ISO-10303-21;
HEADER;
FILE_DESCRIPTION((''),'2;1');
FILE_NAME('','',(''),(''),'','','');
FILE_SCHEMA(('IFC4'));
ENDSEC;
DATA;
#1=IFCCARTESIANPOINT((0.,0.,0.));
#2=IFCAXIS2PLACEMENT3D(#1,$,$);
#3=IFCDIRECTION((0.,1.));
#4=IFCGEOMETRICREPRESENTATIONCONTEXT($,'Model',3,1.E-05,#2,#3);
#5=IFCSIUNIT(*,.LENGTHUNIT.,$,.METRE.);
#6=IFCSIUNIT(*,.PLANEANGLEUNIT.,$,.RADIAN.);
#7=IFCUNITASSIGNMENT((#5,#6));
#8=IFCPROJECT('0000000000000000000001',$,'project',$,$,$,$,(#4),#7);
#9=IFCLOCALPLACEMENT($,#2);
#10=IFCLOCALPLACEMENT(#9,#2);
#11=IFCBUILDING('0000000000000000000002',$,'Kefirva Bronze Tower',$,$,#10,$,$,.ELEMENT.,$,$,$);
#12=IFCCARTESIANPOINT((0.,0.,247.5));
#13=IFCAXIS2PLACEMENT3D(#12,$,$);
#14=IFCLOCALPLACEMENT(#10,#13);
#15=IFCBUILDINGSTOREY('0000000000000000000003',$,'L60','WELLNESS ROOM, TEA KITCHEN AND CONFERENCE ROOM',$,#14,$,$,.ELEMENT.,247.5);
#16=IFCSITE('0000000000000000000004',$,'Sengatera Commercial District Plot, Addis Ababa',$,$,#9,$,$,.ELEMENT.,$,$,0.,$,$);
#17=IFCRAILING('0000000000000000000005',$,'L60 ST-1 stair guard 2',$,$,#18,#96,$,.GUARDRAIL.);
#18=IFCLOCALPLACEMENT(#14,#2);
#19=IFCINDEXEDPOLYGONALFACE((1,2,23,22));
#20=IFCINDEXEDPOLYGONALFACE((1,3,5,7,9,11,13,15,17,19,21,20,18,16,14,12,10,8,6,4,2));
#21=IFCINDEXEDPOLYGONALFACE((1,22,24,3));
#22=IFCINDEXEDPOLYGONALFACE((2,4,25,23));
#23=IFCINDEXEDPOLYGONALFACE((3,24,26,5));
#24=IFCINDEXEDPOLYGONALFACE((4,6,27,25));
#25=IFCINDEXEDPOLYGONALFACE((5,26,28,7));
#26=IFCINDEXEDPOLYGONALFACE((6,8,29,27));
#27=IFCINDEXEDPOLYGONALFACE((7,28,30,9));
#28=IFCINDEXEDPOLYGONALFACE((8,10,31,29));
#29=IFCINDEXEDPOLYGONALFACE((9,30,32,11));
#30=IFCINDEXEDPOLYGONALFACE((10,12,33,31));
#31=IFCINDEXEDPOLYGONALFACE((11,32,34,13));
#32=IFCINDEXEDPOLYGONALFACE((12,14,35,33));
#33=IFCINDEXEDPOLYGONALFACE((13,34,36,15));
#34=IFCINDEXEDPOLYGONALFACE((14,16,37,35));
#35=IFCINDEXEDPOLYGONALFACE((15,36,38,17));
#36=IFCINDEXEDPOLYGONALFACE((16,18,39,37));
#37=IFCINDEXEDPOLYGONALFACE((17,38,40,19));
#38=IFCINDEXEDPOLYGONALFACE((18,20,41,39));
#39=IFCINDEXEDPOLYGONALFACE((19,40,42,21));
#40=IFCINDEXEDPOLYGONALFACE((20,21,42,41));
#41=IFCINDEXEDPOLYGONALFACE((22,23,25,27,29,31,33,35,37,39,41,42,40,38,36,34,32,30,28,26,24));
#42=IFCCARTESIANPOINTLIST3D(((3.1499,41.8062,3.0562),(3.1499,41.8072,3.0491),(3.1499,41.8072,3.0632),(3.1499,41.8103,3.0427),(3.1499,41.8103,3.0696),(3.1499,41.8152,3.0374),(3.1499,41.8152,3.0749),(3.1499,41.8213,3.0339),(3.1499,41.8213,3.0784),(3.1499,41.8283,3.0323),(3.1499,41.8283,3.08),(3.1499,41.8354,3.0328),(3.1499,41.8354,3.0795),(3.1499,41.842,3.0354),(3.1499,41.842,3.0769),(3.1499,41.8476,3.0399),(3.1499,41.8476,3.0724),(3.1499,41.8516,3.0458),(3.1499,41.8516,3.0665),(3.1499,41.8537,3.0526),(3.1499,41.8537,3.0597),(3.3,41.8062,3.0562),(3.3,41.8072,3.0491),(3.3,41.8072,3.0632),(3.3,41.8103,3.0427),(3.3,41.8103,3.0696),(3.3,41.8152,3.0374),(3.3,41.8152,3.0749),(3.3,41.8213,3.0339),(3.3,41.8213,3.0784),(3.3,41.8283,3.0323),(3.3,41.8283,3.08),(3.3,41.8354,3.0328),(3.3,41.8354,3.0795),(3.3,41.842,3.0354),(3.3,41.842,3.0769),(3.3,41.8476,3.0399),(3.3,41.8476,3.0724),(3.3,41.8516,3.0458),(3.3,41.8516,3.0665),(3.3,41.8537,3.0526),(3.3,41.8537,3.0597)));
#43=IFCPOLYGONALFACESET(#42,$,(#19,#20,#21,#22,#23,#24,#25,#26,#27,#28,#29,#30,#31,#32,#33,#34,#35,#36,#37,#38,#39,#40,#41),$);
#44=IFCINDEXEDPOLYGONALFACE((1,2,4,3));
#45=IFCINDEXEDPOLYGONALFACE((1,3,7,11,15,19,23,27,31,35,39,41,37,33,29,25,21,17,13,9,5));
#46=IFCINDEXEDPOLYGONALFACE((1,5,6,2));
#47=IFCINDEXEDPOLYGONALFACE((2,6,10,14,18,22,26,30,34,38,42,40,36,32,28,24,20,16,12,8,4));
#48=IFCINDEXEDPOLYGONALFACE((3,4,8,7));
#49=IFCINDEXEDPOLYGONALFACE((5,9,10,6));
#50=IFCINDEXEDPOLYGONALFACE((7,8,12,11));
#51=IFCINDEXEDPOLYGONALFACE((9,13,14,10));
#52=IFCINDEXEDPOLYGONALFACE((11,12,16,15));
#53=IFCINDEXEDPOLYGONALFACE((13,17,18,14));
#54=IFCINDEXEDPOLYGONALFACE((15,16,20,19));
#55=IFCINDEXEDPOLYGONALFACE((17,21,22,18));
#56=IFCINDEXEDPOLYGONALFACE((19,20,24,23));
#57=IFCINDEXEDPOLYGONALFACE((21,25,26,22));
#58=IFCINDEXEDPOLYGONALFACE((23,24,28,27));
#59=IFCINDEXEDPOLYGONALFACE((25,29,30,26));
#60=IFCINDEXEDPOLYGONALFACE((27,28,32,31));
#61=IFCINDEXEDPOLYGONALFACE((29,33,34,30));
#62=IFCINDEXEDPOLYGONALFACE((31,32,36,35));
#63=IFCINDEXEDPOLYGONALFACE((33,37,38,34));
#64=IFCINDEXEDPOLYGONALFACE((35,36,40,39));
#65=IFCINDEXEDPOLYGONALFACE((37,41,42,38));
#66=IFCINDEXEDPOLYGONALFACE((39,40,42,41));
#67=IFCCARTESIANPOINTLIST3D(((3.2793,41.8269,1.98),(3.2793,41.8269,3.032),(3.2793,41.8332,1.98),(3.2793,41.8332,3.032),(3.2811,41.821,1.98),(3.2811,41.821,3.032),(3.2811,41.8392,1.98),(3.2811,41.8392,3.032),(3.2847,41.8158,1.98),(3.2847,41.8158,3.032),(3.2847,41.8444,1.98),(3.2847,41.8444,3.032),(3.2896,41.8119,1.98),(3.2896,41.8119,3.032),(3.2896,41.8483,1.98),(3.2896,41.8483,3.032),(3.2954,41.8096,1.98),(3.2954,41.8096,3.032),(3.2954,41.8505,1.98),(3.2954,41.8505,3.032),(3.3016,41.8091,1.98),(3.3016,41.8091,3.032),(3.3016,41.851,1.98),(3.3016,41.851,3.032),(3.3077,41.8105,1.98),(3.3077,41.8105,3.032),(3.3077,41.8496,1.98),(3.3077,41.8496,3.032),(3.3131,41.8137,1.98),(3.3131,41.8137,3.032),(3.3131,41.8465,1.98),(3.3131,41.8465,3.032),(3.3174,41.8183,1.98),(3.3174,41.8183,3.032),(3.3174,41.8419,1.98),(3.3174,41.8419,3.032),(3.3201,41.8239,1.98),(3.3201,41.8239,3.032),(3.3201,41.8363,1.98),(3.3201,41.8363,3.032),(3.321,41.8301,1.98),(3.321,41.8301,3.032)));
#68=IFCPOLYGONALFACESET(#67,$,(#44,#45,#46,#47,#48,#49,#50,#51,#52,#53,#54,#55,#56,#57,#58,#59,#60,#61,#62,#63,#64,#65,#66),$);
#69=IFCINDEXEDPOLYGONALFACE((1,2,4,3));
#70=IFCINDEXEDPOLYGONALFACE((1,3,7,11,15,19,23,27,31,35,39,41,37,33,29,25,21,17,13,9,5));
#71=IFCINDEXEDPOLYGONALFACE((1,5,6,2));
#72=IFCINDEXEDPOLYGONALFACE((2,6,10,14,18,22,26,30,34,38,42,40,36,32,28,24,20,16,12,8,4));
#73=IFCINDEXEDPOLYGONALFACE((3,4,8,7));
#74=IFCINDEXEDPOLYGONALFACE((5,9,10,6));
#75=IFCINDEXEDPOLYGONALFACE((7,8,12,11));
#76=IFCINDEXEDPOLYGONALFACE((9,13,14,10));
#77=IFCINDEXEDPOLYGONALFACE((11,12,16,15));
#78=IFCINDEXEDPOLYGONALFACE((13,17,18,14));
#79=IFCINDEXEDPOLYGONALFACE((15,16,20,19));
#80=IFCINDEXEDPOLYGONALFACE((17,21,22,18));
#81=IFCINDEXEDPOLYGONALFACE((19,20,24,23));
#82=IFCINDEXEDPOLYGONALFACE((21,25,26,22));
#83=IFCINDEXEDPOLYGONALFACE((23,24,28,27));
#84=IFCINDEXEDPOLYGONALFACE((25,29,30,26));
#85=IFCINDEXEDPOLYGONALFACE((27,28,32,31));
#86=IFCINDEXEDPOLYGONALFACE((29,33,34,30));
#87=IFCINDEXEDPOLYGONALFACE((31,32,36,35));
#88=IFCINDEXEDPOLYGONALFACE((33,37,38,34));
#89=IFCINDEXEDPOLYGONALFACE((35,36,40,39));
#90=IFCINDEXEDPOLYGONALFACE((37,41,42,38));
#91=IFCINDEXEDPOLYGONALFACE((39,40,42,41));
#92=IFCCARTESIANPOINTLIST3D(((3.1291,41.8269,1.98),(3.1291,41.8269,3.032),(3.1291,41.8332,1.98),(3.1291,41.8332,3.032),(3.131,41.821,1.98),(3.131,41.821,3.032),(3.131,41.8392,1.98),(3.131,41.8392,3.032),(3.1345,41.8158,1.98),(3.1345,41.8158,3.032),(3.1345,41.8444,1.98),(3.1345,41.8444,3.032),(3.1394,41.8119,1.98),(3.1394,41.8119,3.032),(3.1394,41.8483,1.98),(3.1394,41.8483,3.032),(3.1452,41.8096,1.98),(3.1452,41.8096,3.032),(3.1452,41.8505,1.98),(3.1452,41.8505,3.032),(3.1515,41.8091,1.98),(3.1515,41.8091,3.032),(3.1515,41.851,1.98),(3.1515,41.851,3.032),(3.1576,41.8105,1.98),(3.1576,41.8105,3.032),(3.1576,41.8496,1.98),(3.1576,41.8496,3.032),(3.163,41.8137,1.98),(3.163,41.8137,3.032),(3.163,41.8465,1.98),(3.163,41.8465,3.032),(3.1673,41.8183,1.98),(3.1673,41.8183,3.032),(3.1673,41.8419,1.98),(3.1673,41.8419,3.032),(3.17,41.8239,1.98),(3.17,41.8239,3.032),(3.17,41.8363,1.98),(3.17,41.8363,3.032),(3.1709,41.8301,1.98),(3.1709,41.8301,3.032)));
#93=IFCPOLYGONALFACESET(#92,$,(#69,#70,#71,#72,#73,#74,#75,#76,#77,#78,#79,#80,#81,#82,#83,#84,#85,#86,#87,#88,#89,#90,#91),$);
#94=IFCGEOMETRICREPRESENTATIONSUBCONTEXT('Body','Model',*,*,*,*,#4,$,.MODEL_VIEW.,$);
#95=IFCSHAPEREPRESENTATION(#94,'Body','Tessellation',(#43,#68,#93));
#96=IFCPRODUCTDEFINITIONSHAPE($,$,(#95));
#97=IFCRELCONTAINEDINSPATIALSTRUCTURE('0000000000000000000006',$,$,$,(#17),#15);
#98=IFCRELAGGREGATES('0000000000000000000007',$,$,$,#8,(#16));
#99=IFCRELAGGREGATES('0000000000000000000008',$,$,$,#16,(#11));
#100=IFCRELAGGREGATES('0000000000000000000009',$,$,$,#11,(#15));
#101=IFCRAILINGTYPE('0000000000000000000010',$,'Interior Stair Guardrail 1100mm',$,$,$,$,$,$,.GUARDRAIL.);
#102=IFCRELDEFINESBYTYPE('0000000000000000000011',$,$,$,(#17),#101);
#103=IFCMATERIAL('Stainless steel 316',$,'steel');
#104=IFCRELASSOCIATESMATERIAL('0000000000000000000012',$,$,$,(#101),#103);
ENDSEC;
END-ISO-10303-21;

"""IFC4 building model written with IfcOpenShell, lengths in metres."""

from ifc_helpers import new_model, si_unit, direction, frame, origin, origin_2d, place, context, subcontext, project, spatial, circle, extrude, material, type_object, element, save


model = new_model("IFC4")

# Units and contexts
model_context = context("Model", 3, precision=1e-05, world=origin(), true_north=direction((0.0, 1.0)))
body_context = subcontext(model_context, "Body", "Model", "MODEL_VIEW")
ifc_project = project(units=[si_unit("LENGTHUNIT", "METRE"), si_unit("PLANEANGLEUNIT", "RADIAN")], contexts=[model_context])

# Site, building, storey
site_placement = place(None, origin())
site = spatial("IfcSite", under=ifc_project, at=site_placement, Name="Sengatera Commercial District Plot, Addis Ababa", CompositionType="ELEMENT", RefElevation=0.0)
building_placement = place(site_placement, origin())
building = spatial("IfcBuilding", under=site, at=building_placement, Name="Kefirva Bronze Tower", CompositionType="ELEMENT")
storey_placement = place(building_placement, frame((0.0, 0.0, 247.5)))
storey = spatial("IfcBuildingStorey", under=building, at=storey_placement, Name="L60", Description="WELLNESS ROOM, TEA KITCHEN AND CONFERENCE ROOM", CompositionType="ELEMENT", Elevation=247.5)

# Railing
ifc_material_1 = material(Name="Stainless steel 316", Category="steel")
railing_type_1 = type_object("IfcRailingType", Name="Interior Stair Guardrail 1100mm", PredefinedType="GUARDRAIL", material=ifc_material_1)
railing_1_placement = place(storey_placement, frame((3.3, 41.8301, 1.98)))
element("IfcRailing", 1, at=railing_1_placement, inside=storey, type_object=railing_type_1, Name="L60 ST-1 stair guard 2", PredefinedType="GUARDRAIL", context=body_context, shape_type="SweptSolid", body=[
    extrude(circle(Radius=0.0239, at=origin_2d()), frame((0.0, 0.0, 1.0762), z_axis=(-1.0, 0.0, 0.0), x_axis=(0.0, -1.0, 0.0)), (0.0, 0.0, 1.0), 0.1501),
    extrude(circle(Radius=0.021, at=origin_2d()), origin(), (0.0, 0.0, 1.0), 1.052),
    extrude(circle(Radius=0.021, at=origin_2d()), frame((-0.1501, 0.0, 0.0)), (0.0, 0.0, 1.0), 1.052),
])

save(model, "model.ifc")
